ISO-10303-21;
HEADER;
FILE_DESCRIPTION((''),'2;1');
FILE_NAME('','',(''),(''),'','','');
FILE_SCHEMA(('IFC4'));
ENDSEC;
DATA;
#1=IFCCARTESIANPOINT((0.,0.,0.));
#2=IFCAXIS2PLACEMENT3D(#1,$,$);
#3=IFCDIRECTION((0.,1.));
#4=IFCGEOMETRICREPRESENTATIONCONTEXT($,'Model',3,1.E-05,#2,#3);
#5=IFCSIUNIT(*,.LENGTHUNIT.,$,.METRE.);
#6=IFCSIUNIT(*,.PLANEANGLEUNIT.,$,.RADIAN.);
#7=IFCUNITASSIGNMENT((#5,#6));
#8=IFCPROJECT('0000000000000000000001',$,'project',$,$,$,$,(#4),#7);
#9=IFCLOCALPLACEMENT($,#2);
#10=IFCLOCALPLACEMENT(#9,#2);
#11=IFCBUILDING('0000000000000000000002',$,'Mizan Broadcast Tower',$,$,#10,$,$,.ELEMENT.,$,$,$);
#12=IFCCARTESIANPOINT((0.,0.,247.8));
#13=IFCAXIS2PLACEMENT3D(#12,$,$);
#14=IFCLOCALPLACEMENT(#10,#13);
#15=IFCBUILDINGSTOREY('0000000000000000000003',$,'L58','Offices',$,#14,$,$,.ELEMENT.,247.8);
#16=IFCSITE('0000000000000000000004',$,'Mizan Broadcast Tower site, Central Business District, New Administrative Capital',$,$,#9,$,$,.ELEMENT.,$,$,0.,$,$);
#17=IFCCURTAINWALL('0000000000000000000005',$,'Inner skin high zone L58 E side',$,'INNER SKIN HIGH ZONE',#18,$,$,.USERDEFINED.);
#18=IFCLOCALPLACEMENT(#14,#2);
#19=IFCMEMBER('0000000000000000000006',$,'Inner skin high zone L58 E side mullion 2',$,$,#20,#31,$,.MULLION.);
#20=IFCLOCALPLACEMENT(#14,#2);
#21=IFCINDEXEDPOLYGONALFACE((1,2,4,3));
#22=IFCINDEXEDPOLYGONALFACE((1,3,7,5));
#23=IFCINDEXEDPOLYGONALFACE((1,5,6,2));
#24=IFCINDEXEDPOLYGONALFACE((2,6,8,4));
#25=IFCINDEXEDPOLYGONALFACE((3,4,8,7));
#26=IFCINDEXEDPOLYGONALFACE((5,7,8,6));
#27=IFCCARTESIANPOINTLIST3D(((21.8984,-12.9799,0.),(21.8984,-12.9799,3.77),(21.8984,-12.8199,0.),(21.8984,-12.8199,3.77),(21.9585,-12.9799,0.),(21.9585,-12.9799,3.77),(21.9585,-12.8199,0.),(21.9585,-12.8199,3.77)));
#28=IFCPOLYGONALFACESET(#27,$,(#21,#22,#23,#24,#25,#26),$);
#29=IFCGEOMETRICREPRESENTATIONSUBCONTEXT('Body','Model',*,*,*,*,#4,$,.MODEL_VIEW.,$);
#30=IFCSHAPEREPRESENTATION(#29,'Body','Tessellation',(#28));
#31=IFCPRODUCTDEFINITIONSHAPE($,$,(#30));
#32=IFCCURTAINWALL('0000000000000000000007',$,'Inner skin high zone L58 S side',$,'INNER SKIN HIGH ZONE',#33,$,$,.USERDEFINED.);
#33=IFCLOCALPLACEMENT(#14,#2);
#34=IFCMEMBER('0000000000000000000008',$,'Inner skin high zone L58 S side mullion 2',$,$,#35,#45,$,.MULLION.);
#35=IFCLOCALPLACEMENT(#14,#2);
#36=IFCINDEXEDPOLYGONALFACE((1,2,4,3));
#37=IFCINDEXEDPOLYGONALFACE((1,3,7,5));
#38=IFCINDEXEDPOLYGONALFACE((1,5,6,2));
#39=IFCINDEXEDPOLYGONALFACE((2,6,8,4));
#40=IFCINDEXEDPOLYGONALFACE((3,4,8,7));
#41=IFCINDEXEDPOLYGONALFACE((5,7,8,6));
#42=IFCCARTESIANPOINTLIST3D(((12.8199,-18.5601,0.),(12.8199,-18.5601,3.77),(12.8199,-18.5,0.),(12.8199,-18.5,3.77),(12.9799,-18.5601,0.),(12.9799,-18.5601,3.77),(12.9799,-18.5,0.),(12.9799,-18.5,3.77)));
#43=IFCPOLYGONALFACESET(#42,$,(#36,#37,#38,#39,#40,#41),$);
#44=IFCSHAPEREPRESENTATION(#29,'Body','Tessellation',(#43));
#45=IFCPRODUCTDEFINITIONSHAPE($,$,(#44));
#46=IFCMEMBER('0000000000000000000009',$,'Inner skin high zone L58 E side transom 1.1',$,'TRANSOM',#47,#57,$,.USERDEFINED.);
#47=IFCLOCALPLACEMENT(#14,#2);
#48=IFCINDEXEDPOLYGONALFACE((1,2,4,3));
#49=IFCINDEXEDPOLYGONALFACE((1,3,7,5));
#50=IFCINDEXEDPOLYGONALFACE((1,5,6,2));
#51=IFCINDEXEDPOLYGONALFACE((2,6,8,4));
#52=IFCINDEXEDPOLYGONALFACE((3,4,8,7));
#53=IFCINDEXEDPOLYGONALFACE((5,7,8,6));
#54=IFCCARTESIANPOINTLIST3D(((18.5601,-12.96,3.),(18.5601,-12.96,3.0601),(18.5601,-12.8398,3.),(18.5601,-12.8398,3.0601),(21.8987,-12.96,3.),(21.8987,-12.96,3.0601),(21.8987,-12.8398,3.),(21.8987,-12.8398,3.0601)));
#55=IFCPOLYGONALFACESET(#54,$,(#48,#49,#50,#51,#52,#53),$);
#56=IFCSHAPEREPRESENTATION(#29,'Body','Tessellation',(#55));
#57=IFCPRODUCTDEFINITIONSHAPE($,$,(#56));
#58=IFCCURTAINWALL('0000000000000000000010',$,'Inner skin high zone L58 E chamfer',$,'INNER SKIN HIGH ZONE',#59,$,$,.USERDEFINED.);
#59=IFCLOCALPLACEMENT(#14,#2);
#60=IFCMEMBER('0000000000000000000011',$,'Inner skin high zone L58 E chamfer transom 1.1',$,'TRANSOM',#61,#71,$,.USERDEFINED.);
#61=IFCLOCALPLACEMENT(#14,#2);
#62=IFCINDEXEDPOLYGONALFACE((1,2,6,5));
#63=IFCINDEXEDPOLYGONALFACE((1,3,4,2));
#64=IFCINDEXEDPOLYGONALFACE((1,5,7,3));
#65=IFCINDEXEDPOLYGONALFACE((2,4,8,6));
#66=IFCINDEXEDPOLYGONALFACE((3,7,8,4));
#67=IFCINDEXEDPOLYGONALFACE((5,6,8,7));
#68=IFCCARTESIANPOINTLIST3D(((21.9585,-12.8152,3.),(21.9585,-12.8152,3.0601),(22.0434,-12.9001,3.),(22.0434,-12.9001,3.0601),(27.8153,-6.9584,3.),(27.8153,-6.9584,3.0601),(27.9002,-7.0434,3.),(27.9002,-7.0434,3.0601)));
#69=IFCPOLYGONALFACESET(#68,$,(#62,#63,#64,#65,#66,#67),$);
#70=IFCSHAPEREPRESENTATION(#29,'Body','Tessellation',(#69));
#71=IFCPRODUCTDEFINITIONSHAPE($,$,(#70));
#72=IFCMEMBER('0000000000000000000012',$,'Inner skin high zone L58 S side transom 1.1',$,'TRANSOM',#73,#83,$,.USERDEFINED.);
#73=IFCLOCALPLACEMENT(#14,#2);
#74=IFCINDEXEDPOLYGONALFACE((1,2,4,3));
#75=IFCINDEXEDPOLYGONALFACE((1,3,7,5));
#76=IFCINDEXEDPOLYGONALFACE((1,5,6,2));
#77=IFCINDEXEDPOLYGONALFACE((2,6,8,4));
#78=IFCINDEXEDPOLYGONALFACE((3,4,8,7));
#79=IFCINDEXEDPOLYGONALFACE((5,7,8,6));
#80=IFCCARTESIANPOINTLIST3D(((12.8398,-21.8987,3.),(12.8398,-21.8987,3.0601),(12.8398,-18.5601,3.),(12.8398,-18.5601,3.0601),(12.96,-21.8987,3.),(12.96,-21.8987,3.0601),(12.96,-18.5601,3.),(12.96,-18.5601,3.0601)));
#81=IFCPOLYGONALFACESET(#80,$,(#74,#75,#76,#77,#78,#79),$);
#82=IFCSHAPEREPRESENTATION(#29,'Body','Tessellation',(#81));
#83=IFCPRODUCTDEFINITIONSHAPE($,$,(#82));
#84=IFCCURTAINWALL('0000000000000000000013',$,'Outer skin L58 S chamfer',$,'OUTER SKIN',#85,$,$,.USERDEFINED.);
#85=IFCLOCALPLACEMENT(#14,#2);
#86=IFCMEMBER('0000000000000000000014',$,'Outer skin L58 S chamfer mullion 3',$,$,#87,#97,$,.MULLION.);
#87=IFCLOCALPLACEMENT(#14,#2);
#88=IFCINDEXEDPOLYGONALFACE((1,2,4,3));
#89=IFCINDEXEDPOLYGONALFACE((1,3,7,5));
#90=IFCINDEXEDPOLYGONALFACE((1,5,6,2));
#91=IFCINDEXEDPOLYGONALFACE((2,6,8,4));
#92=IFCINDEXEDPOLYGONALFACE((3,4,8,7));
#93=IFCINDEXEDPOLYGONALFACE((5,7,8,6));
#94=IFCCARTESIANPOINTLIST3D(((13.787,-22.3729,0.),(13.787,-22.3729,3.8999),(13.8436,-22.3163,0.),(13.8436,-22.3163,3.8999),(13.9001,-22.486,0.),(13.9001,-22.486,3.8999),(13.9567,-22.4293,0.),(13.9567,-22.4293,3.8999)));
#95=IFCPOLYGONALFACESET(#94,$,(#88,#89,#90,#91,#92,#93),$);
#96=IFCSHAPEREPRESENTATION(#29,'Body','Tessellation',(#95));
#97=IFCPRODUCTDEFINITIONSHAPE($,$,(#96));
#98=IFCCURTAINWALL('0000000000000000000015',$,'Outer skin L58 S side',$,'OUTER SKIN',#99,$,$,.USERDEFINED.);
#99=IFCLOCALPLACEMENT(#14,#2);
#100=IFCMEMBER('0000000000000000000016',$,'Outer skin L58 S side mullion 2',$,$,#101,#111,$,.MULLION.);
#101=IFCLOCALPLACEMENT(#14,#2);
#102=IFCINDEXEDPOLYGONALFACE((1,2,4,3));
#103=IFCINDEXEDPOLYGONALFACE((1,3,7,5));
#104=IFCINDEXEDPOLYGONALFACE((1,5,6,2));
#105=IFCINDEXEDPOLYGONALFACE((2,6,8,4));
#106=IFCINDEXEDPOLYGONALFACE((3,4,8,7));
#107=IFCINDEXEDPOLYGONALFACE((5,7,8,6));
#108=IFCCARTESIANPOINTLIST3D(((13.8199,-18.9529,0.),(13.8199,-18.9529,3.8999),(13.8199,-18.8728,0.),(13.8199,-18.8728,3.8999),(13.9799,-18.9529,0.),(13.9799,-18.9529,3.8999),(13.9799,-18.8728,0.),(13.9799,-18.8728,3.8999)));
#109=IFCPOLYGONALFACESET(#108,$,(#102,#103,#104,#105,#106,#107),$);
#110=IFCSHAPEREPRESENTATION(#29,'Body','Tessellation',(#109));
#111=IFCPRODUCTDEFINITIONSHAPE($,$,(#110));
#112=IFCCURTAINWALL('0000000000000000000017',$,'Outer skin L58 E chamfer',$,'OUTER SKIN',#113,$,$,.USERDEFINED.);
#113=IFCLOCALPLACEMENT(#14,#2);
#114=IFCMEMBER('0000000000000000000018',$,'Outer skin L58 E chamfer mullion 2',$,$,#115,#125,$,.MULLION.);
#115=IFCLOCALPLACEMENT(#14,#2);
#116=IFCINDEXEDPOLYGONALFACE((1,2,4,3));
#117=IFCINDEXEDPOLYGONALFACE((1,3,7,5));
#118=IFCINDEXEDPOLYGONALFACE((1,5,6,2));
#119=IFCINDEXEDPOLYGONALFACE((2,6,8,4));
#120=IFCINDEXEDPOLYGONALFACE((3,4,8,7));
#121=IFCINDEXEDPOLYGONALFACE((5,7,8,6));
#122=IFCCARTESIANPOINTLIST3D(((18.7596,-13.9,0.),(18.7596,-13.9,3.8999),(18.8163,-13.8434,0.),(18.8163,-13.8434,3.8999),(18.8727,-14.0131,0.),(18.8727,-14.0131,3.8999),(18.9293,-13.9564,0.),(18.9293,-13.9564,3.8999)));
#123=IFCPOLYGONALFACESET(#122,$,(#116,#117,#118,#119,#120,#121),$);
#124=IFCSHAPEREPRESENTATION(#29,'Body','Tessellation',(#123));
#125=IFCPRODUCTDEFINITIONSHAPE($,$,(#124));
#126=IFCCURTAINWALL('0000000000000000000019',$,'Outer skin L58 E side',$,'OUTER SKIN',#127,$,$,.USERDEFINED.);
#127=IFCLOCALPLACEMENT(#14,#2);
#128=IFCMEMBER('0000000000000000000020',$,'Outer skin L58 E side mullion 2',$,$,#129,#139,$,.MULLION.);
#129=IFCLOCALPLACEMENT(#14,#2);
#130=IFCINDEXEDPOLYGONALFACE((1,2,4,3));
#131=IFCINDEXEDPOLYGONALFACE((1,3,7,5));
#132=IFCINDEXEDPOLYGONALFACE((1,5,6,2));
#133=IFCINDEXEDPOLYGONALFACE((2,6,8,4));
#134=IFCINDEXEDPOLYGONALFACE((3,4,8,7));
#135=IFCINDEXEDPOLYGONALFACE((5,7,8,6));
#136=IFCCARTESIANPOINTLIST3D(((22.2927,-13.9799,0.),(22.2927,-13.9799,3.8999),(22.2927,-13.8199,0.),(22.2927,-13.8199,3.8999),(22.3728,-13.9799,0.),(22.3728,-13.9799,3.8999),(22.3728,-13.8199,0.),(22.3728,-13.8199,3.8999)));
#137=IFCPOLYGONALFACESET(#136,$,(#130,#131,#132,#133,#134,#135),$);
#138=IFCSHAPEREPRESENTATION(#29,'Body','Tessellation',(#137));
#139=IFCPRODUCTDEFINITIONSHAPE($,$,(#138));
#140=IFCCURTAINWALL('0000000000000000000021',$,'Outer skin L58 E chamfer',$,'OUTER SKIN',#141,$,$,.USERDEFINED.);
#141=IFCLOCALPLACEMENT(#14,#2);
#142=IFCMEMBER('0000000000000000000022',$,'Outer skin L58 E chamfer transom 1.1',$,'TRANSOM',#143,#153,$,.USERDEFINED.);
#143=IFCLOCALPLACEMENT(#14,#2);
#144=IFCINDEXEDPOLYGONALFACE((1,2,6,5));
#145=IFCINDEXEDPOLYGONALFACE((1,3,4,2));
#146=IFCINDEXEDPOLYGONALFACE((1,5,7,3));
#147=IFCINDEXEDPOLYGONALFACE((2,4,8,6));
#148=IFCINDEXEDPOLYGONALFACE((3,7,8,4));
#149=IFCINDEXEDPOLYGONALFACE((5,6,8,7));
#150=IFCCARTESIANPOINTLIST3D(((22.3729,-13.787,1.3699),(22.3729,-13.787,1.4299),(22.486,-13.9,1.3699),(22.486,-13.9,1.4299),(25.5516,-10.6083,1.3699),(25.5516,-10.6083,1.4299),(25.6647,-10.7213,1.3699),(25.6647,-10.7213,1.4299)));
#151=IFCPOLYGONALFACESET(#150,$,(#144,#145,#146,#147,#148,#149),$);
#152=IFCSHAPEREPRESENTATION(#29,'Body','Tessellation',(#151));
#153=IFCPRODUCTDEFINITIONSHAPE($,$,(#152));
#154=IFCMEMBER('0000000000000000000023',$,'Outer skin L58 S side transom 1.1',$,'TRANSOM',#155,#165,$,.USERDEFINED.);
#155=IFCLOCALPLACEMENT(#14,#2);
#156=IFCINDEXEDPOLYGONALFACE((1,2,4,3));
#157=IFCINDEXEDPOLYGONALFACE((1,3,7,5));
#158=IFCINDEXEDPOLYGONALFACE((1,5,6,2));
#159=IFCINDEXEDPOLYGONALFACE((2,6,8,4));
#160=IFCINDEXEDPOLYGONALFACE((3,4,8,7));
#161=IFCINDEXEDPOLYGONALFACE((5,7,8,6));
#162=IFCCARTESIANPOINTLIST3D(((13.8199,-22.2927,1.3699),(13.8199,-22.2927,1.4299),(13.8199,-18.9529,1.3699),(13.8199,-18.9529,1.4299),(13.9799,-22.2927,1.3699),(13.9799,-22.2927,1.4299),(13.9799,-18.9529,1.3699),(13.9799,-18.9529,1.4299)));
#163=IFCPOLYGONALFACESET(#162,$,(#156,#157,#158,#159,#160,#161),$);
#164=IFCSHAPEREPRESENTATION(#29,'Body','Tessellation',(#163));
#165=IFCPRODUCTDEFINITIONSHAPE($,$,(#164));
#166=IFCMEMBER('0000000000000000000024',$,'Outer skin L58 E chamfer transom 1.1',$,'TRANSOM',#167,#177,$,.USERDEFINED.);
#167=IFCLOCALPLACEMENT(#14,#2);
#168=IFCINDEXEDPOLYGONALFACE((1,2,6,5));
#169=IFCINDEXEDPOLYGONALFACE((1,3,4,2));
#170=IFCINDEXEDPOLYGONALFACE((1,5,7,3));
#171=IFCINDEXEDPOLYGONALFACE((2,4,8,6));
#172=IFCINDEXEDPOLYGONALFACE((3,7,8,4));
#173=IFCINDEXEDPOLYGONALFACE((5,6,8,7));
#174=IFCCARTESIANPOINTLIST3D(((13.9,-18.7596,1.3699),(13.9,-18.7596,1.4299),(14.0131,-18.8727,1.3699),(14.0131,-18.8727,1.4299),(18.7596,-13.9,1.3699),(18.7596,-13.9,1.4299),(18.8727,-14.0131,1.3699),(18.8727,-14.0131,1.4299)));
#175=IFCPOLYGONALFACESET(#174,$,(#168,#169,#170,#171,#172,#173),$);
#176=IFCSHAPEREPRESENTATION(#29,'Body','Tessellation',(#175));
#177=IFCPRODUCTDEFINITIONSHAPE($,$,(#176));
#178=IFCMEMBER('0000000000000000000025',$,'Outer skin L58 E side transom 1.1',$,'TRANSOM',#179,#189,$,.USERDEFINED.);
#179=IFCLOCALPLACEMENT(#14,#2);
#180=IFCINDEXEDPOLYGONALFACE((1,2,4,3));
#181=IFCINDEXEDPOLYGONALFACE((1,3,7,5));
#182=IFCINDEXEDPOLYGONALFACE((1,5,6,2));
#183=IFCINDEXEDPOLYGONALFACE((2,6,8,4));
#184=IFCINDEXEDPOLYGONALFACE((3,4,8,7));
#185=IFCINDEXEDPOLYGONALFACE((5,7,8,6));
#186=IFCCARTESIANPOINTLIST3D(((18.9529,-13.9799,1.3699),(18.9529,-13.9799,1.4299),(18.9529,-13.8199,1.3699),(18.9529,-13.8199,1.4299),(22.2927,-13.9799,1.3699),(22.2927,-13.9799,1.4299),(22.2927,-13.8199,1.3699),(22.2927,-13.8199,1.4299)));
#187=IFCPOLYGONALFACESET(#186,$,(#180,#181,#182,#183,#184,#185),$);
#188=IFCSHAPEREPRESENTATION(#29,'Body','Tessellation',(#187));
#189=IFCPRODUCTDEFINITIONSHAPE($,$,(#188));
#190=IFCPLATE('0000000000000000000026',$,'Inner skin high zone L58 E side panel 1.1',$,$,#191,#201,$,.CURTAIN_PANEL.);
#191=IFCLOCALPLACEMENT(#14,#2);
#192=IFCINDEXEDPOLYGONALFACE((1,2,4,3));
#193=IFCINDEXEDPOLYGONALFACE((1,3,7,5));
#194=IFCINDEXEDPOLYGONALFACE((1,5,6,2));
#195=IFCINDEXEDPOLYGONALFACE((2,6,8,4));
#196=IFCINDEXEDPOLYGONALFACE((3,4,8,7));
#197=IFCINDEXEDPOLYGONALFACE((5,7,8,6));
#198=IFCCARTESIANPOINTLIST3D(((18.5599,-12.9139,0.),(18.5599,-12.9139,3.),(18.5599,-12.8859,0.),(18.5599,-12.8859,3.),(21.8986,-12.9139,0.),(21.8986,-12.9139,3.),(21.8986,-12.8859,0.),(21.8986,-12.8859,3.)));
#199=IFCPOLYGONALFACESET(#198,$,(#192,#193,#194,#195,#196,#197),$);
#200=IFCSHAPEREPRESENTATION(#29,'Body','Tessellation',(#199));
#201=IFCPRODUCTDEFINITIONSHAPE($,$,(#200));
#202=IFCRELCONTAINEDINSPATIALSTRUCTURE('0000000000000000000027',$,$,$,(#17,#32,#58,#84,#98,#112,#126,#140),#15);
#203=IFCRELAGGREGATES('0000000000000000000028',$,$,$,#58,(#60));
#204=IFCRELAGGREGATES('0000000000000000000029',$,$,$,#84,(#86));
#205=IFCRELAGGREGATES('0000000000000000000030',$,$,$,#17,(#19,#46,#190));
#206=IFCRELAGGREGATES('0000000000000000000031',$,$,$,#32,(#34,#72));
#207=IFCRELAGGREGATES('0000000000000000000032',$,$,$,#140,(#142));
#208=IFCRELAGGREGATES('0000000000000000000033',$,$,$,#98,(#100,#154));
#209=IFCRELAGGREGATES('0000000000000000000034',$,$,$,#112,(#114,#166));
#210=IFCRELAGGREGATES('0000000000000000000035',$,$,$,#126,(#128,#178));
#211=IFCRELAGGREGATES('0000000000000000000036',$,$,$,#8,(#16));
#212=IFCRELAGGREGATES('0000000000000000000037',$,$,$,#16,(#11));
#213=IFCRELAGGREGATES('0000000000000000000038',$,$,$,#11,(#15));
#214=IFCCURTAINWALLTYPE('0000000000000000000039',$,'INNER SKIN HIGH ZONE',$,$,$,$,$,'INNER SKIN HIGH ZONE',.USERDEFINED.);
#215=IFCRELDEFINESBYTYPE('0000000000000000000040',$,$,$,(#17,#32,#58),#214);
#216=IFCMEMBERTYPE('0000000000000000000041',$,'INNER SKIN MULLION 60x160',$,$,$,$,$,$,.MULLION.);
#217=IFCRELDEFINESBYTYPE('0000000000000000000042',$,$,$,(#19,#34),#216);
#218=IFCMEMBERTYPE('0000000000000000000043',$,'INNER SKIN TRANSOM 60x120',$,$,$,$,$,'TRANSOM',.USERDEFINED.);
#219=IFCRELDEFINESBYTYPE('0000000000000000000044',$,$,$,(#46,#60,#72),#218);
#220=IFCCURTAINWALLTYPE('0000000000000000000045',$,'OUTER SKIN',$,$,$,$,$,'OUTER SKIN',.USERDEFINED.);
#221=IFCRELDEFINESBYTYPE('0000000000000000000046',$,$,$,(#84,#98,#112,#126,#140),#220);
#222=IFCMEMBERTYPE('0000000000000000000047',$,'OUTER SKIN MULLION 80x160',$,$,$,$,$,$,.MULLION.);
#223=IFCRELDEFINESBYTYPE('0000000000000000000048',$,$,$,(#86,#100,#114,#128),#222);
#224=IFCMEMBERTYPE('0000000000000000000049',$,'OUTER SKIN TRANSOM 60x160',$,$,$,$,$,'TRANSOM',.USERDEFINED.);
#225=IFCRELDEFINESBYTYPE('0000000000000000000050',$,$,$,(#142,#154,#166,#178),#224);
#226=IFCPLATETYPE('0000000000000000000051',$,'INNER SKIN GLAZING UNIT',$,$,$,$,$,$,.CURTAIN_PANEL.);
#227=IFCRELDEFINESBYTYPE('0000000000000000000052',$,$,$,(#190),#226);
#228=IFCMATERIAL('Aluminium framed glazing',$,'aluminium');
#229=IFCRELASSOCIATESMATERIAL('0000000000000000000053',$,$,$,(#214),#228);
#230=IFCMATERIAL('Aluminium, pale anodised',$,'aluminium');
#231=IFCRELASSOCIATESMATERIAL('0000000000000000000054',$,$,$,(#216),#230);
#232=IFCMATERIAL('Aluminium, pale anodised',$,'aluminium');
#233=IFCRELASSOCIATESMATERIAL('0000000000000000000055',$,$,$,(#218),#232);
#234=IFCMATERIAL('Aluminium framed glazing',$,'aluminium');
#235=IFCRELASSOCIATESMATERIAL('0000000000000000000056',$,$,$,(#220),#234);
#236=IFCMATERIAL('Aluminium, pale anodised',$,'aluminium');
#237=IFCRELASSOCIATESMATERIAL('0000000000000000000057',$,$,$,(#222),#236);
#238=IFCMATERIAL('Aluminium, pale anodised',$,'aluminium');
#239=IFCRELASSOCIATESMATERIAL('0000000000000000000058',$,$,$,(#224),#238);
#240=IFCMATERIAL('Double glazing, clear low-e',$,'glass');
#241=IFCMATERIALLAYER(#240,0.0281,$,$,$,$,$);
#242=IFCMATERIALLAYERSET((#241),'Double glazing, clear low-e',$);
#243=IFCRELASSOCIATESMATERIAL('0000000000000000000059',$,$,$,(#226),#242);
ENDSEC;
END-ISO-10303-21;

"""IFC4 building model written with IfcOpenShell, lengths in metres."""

from ifc_helpers import new_model, si_unit, direction, frame, origin, origin_2d, place, context, subcontext, project, spatial, rectangle, extrude, material, layer, layer_set, material_profile, profile_set, type_object, element, aggregate, save


model = new_model("IFC4")

# Units and contexts
model_context = context("Model", 3, precision=1e-05, world=origin(), true_north=direction((0.0, 1.0)))
body_context = subcontext(model_context, "Body", "Model", "MODEL_VIEW")
ifc_project = project(units=[si_unit("LENGTHUNIT", "METRE"), si_unit("PLANEANGLEUNIT", "RADIAN")], contexts=[model_context])

# Site, building, storey
site_placement = place(None, origin())
site = spatial("IfcSite", under=ifc_project, at=site_placement, Name="Mizan Broadcast Tower site, Central Business District, New Administrative Capital", CompositionType="ELEMENT", RefElevation=0.0)
building_placement = place(site_placement, origin())
building = spatial("IfcBuilding", under=site, at=building_placement, Name="Mizan Broadcast Tower", CompositionType="ELEMENT")
storey_placement = place(building_placement, frame((0.0, 0.0, 247.8)))
storey = spatial("IfcBuildingStorey", under=building, at=storey_placement, Name="L58", Description="Offices", CompositionType="ELEMENT", Elevation=247.8)

# Curtain walls, members
ifc_material_1 = material(Name="Aluminium framed glazing", Category="aluminium")
curtain_wall_type_1 = type_object("IfcCurtainWallType", Name="INNER SKIN HIGH ZONE", ElementType="INNER SKIN HIGH ZONE", PredefinedType="USERDEFINED", material=ifc_material_1)
curtain_wall_1_placement = place(storey_placement, origin())
curtain_wall_1 = element("IfcCurtainWall", 1, at=curtain_wall_1_placement, inside=storey, type_object=curtain_wall_type_1, Name="Inner skin high zone L58 E side", ObjectType="INNER SKIN HIGH ZONE", PredefinedType="USERDEFINED")
ifc_material_2 = material(Name="Aluminium, pale anodised", Category="aluminium")
ifc_material_profile_1 = material_profile(ifc_material_2, rectangle(XDim=0.1599, YDim=0.0601, at=origin_2d()), Name="MULLION 160x60")
ifc_profile_set_1 = profile_set([ifc_material_profile_1], Name="Aluminium, pale anodised")
member_type_1 = type_object("IfcMemberType", Name="INNER SKIN MULLION 60x160", PredefinedType="MULLION", material=ifc_profile_set_1)
member_1_placement = place(storey_placement, frame((21.9285, -12.8999, 0.0), z_axis=(0.0, 0.0, 1.0), x_axis=(0.0, 1.0, 0.0)))
member_1 = element("IfcMember", 2, at=member_1_placement, type_object=member_type_1, Name="Inner skin high zone L58 E side mullion 2", PredefinedType="MULLION", context=body_context, shape_type="SweptSolid", body=[
    extrude(rectangle(XDim=0.1599, YDim=0.0601, at=origin_2d()), origin(), (0.0, 0.0, 1.0), 3.77),
])
curtain_wall_2_placement = place(storey_placement, origin())
curtain_wall_2 = element("IfcCurtainWall", 3, at=curtain_wall_2_placement, inside=storey, type_object=curtain_wall_type_1, Name="Inner skin high zone L58 S side", ObjectType="INNER SKIN HIGH ZONE", PredefinedType="USERDEFINED")
member_2_placement = place(storey_placement, frame((12.8999, -18.53, 0.0), z_axis=(0.0, 0.0, 1.0), x_axis=(-1.0, 0.0, 0.0)))
member_2 = element("IfcMember", 4, at=member_2_placement, type_object=member_type_1, Name="Inner skin high zone L58 S side mullion 2", PredefinedType="MULLION", context=body_context, shape_type="SweptSolid", body=[
    extrude(rectangle(XDim=0.1599, YDim=0.0601, at=origin_2d()), origin(), (0.0, 0.0, 1.0), 3.77),
])

# Member
ifc_material_3 = material(Name="Aluminium, pale anodised", Category="aluminium")
ifc_material_profile_2 = material_profile(ifc_material_3, rectangle(XDim=0.1201, YDim=0.0601, at=origin_2d()), Name="TRANSOM 120x60")
ifc_profile_set_2 = profile_set([ifc_material_profile_2], Name="Aluminium, pale anodised")
member_type_2 = type_object("IfcMemberType", Name="INNER SKIN TRANSOM 60x120", ElementType="TRANSOM", PredefinedType="USERDEFINED", material=ifc_profile_set_2)
member_3_placement = place(storey_placement, frame((18.5601, -12.8999, 3.03), z_axis=(1.0, 0.0, 0.0), x_axis=(0.0, 1.0, 0.0)))
member_3 = element("IfcMember", 5, at=member_3_placement, type_object=member_type_2, Name="Inner skin high zone L58 E side transom 1.1", ObjectType="TRANSOM", PredefinedType="USERDEFINED", context=body_context, shape_type="SweptSolid", body=[
    extrude(rectangle(XDim=0.1201, YDim=0.0601, at=origin_2d()), origin(), (0.0, 0.0, 1.0), 3.3386),
])

# Curtain wall, member
curtain_wall_3_placement = place(storey_placement, origin())
curtain_wall_3 = element("IfcCurtainWall", 6, at=curtain_wall_3_placement, inside=storey, type_object=curtain_wall_type_1, Name="Inner skin high zone L58 E chamfer", ObjectType="INNER SKIN HIGH ZONE", PredefinedType="USERDEFINED")
member_4_placement = place(storey_placement, frame((22.001, -12.8577, 3.03), z_axis=(0.707107, 0.707107, 0.0), x_axis=(-0.707107, 0.707107, 0.0)))
member_4 = element("IfcMember", 7, at=member_4_placement, type_object=member_type_2, Name="Inner skin high zone L58 E chamfer transom 1.1", ObjectType="TRANSOM", PredefinedType="USERDEFINED", context=body_context, shape_type="SweptSolid", body=[
    extrude(rectangle(XDim=0.1201, YDim=0.0601, at=origin_2d()), origin(), (0.0, 0.0, 1.0), 8.2827),
])
aggregate(curtain_wall_3, [member_4])

# Member
member_5_placement = place(storey_placement, frame((12.8999, -21.8987, 3.03), z_axis=(0.0, 1.0, 0.0), x_axis=(-1.0, 0.0, 0.0)))
member_5 = element("IfcMember", 8, at=member_5_placement, type_object=member_type_2, Name="Inner skin high zone L58 S side transom 1.1", ObjectType="TRANSOM", PredefinedType="USERDEFINED", context=body_context, shape_type="SweptSolid", body=[
    extrude(rectangle(XDim=0.1201, YDim=0.0601, at=origin_2d()), origin(), (0.0, 0.0, 1.0), 3.3386),
])

# Curtain walls, members
ifc_material_4 = material(Name="Aluminium framed glazing", Category="aluminium")
curtain_wall_type_2 = type_object("IfcCurtainWallType", Name="OUTER SKIN", ElementType="OUTER SKIN", PredefinedType="USERDEFINED", material=ifc_material_4)
curtain_wall_4_placement = place(storey_placement, origin())
curtain_wall_4 = element("IfcCurtainWall", 9, at=curtain_wall_4_placement, inside=storey, type_object=curtain_wall_type_2, Name="Outer skin L58 S chamfer", ObjectType="OUTER SKIN", PredefinedType="USERDEFINED")
ifc_material_5 = material(Name="Aluminium, pale anodised", Category="aluminium")
ifc_material_profile_3 = material_profile(ifc_material_5, rectangle(XDim=0.1599, YDim=0.0801, at=origin_2d()), Name="MULLION 160x80")
ifc_profile_set_3 = profile_set([ifc_material_profile_3], Name="Aluminium, pale anodised")
member_type_3 = type_object("IfcMemberType", Name="OUTER SKIN MULLION 80x160", PredefinedType="MULLION", material=ifc_profile_set_3)
member_6_placement = place(storey_placement, frame((13.8718, -22.4011, 0.0), z_axis=(0.0, 0.0, 1.0), x_axis=(-0.707107, 0.707107, 0.0)))
member_6 = element("IfcMember", 10, at=member_6_placement, type_object=member_type_3, Name="Outer skin L58 S chamfer mullion 3", PredefinedType="MULLION", context=body_context, shape_type="SweptSolid", body=[
    extrude(rectangle(XDim=0.1599, YDim=0.0801, at=origin_2d()), origin(), (0.0, 0.0, 1.0), 3.8999),
])
aggregate(curtain_wall_4, [member_6])
curtain_wall_5_placement = place(storey_placement, origin())
curtain_wall_5 = element("IfcCurtainWall", 11, at=curtain_wall_5_placement, inside=storey, type_object=curtain_wall_type_2, Name="Outer skin L58 S side", ObjectType="OUTER SKIN", PredefinedType="USERDEFINED")
member_7_placement = place(storey_placement, frame((13.8999, -18.9128, 0.0), z_axis=(0.0, 0.0, 1.0), x_axis=(-1.0, 0.0, 0.0)))
member_7 = element("IfcMember", 12, at=member_7_placement, type_object=member_type_3, Name="Outer skin L58 S side mullion 2", PredefinedType="MULLION", context=body_context, shape_type="SweptSolid", body=[
    extrude(rectangle(XDim=0.1599, YDim=0.0801, at=origin_2d()), origin(), (0.0, 0.0, 1.0), 3.8999),
])
curtain_wall_6_placement = place(storey_placement, origin())
curtain_wall_6 = element("IfcCurtainWall", 13, at=curtain_wall_6_placement, inside=storey, type_object=curtain_wall_type_2, Name="Outer skin L58 E chamfer", ObjectType="OUTER SKIN", PredefinedType="USERDEFINED")
member_8_placement = place(storey_placement, frame((18.8445, -13.9282, 0.0), z_axis=(0.0, 0.0, 1.0), x_axis=(-0.707107, 0.707107, 0.0)))
member_8 = element("IfcMember", 14, at=member_8_placement, type_object=member_type_3, Name="Outer skin L58 E chamfer mullion 2", PredefinedType="MULLION", context=body_context, shape_type="SweptSolid", body=[
    extrude(rectangle(XDim=0.1599, YDim=0.0801, at=origin_2d()), origin(), (0.0, 0.0, 1.0), 3.8999),
])
curtain_wall_7_placement = place(storey_placement, origin())
curtain_wall_7 = element("IfcCurtainWall", 15, at=curtain_wall_7_placement, inside=storey, type_object=curtain_wall_type_2, Name="Outer skin L58 E side", ObjectType="OUTER SKIN", PredefinedType="USERDEFINED")
member_9_placement = place(storey_placement, frame((22.3328, -13.8999, 0.0), z_axis=(0.0, 0.0, 1.0), x_axis=(0.0, 1.0, 0.0)))
member_9 = element("IfcMember", 16, at=member_9_placement, type_object=member_type_3, Name="Outer skin L58 E side mullion 2", PredefinedType="MULLION", context=body_context, shape_type="SweptSolid", body=[
    extrude(rectangle(XDim=0.1599, YDim=0.0801, at=origin_2d()), origin(), (0.0, 0.0, 1.0), 3.8999),
])
curtain_wall_8_placement = place(storey_placement, origin())
curtain_wall_8 = element("IfcCurtainWall", 17, at=curtain_wall_8_placement, inside=storey, type_object=curtain_wall_type_2, Name="Outer skin L58 E chamfer", ObjectType="OUTER SKIN", PredefinedType="USERDEFINED")
ifc_material_6 = material(Name="Aluminium, pale anodised", Category="aluminium")
ifc_material_profile_4 = material_profile(ifc_material_6, rectangle(XDim=0.1599, YDim=0.0601, at=origin_2d()), Name="TRANSOM 160x60")
ifc_profile_set_4 = profile_set([ifc_material_profile_4], Name="Aluminium, pale anodised")
member_type_4 = type_object("IfcMemberType", Name="OUTER SKIN TRANSOM 60x160", ElementType="TRANSOM", PredefinedType="USERDEFINED", material=ifc_profile_set_4)
member_10_placement = place(storey_placement, frame((22.4294, -13.8435, 1.3999), z_axis=(0.707107, 0.707107, 0.0), x_axis=(-0.707107, 0.707107, 0.0)))
member_10 = element("IfcMember", 18, at=member_10_placement, type_object=member_type_4, Name="Outer skin L58 E chamfer transom 1.1", ObjectType="TRANSOM", PredefinedType="USERDEFINED", context=body_context, shape_type="SweptSolid", body=[
    extrude(rectangle(XDim=0.1599, YDim=0.0601, at=origin_2d()), origin(), (0.0, 0.0, 1.0), 4.4954),
])

# Members
member_11_placement = place(storey_placement, frame((13.8999, -22.2927, 1.3999), z_axis=(0.0, 1.0, 0.0), x_axis=(-1.0, 0.0, 0.0)))
member_11 = element("IfcMember", 19, at=member_11_placement, type_object=member_type_4, Name="Outer skin L58 S side transom 1.1", ObjectType="TRANSOM", PredefinedType="USERDEFINED", context=body_context, shape_type="SweptSolid", body=[
    extrude(rectangle(XDim=0.1599, YDim=0.0601, at=origin_2d()), origin(), (0.0, 0.0, 1.0), 3.3398),
])
member_12_placement = place(storey_placement, frame((13.9565, -18.8162, 1.3999), z_axis=(0.707107, 0.707107, 0.0), x_axis=(-0.707107, 0.707107, 0.0)))
member_12 = element("IfcMember", 20, at=member_12_placement, type_object=member_type_4, Name="Outer skin L58 E chamfer transom 1.1", ObjectType="TRANSOM", PredefinedType="USERDEFINED", context=body_context, shape_type="SweptSolid", body=[
    extrude(rectangle(XDim=0.1599, YDim=0.0601, at=origin_2d()), origin(), (0.0, 0.0, 1.0), 6.8726),
])
member_13_placement = place(storey_placement, frame((18.9529, -13.8999, 1.3999), z_axis=(1.0, 0.0, 0.0), x_axis=(0.0, 1.0, 0.0)))
member_13 = element("IfcMember", 21, at=member_13_placement, type_object=member_type_4, Name="Outer skin L58 E side transom 1.1", ObjectType="TRANSOM", PredefinedType="USERDEFINED", context=body_context, shape_type="SweptSolid", body=[
    extrude(rectangle(XDim=0.1599, YDim=0.0601, at=origin_2d()), origin(), (0.0, 0.0, 1.0), 3.3398),
])

# Plate
ifc_material_7 = material(Name="Double glazing, clear low-e", Category="glass")
ifc_layer_1 = layer(ifc_material_7, 0.0281)
ifc_layer_set_1 = layer_set([ifc_layer_1], Name="Double glazing, clear low-e")
plate_type_1 = type_object("IfcPlateType", Name="INNER SKIN GLAZING UNIT", PredefinedType="CURTAIN_PANEL", material=ifc_layer_set_1)
plate_1_placement = place(storey_placement, frame((20.2292, -12.8999, 0.0), z_axis=(0.0, 0.0, 1.0), x_axis=(1.0, 0.0, 0.0)))
plate_1 = element("IfcPlate", 22, at=plate_1_placement, type_object=plate_type_1, Name="Inner skin high zone L58 E side panel 1.1", PredefinedType="CURTAIN_PANEL", context=body_context, shape_type="SweptSolid", body=[
    extrude(rectangle(XDim=3.3386, YDim=0.0281, at=origin_2d()), origin(), (0.0, 0.0, 1.0), 3.0),
])
aggregate(curtain_wall_1, [member_1, member_3, plate_1])
aggregate(curtain_wall_2, [member_2, member_5])
aggregate(curtain_wall_8, [member_10])
aggregate(curtain_wall_5, [member_7, member_11])
aggregate(curtain_wall_6, [member_8, member_12])
aggregate(curtain_wall_7, [member_9, member_13])

save(model, "model.ifc")
